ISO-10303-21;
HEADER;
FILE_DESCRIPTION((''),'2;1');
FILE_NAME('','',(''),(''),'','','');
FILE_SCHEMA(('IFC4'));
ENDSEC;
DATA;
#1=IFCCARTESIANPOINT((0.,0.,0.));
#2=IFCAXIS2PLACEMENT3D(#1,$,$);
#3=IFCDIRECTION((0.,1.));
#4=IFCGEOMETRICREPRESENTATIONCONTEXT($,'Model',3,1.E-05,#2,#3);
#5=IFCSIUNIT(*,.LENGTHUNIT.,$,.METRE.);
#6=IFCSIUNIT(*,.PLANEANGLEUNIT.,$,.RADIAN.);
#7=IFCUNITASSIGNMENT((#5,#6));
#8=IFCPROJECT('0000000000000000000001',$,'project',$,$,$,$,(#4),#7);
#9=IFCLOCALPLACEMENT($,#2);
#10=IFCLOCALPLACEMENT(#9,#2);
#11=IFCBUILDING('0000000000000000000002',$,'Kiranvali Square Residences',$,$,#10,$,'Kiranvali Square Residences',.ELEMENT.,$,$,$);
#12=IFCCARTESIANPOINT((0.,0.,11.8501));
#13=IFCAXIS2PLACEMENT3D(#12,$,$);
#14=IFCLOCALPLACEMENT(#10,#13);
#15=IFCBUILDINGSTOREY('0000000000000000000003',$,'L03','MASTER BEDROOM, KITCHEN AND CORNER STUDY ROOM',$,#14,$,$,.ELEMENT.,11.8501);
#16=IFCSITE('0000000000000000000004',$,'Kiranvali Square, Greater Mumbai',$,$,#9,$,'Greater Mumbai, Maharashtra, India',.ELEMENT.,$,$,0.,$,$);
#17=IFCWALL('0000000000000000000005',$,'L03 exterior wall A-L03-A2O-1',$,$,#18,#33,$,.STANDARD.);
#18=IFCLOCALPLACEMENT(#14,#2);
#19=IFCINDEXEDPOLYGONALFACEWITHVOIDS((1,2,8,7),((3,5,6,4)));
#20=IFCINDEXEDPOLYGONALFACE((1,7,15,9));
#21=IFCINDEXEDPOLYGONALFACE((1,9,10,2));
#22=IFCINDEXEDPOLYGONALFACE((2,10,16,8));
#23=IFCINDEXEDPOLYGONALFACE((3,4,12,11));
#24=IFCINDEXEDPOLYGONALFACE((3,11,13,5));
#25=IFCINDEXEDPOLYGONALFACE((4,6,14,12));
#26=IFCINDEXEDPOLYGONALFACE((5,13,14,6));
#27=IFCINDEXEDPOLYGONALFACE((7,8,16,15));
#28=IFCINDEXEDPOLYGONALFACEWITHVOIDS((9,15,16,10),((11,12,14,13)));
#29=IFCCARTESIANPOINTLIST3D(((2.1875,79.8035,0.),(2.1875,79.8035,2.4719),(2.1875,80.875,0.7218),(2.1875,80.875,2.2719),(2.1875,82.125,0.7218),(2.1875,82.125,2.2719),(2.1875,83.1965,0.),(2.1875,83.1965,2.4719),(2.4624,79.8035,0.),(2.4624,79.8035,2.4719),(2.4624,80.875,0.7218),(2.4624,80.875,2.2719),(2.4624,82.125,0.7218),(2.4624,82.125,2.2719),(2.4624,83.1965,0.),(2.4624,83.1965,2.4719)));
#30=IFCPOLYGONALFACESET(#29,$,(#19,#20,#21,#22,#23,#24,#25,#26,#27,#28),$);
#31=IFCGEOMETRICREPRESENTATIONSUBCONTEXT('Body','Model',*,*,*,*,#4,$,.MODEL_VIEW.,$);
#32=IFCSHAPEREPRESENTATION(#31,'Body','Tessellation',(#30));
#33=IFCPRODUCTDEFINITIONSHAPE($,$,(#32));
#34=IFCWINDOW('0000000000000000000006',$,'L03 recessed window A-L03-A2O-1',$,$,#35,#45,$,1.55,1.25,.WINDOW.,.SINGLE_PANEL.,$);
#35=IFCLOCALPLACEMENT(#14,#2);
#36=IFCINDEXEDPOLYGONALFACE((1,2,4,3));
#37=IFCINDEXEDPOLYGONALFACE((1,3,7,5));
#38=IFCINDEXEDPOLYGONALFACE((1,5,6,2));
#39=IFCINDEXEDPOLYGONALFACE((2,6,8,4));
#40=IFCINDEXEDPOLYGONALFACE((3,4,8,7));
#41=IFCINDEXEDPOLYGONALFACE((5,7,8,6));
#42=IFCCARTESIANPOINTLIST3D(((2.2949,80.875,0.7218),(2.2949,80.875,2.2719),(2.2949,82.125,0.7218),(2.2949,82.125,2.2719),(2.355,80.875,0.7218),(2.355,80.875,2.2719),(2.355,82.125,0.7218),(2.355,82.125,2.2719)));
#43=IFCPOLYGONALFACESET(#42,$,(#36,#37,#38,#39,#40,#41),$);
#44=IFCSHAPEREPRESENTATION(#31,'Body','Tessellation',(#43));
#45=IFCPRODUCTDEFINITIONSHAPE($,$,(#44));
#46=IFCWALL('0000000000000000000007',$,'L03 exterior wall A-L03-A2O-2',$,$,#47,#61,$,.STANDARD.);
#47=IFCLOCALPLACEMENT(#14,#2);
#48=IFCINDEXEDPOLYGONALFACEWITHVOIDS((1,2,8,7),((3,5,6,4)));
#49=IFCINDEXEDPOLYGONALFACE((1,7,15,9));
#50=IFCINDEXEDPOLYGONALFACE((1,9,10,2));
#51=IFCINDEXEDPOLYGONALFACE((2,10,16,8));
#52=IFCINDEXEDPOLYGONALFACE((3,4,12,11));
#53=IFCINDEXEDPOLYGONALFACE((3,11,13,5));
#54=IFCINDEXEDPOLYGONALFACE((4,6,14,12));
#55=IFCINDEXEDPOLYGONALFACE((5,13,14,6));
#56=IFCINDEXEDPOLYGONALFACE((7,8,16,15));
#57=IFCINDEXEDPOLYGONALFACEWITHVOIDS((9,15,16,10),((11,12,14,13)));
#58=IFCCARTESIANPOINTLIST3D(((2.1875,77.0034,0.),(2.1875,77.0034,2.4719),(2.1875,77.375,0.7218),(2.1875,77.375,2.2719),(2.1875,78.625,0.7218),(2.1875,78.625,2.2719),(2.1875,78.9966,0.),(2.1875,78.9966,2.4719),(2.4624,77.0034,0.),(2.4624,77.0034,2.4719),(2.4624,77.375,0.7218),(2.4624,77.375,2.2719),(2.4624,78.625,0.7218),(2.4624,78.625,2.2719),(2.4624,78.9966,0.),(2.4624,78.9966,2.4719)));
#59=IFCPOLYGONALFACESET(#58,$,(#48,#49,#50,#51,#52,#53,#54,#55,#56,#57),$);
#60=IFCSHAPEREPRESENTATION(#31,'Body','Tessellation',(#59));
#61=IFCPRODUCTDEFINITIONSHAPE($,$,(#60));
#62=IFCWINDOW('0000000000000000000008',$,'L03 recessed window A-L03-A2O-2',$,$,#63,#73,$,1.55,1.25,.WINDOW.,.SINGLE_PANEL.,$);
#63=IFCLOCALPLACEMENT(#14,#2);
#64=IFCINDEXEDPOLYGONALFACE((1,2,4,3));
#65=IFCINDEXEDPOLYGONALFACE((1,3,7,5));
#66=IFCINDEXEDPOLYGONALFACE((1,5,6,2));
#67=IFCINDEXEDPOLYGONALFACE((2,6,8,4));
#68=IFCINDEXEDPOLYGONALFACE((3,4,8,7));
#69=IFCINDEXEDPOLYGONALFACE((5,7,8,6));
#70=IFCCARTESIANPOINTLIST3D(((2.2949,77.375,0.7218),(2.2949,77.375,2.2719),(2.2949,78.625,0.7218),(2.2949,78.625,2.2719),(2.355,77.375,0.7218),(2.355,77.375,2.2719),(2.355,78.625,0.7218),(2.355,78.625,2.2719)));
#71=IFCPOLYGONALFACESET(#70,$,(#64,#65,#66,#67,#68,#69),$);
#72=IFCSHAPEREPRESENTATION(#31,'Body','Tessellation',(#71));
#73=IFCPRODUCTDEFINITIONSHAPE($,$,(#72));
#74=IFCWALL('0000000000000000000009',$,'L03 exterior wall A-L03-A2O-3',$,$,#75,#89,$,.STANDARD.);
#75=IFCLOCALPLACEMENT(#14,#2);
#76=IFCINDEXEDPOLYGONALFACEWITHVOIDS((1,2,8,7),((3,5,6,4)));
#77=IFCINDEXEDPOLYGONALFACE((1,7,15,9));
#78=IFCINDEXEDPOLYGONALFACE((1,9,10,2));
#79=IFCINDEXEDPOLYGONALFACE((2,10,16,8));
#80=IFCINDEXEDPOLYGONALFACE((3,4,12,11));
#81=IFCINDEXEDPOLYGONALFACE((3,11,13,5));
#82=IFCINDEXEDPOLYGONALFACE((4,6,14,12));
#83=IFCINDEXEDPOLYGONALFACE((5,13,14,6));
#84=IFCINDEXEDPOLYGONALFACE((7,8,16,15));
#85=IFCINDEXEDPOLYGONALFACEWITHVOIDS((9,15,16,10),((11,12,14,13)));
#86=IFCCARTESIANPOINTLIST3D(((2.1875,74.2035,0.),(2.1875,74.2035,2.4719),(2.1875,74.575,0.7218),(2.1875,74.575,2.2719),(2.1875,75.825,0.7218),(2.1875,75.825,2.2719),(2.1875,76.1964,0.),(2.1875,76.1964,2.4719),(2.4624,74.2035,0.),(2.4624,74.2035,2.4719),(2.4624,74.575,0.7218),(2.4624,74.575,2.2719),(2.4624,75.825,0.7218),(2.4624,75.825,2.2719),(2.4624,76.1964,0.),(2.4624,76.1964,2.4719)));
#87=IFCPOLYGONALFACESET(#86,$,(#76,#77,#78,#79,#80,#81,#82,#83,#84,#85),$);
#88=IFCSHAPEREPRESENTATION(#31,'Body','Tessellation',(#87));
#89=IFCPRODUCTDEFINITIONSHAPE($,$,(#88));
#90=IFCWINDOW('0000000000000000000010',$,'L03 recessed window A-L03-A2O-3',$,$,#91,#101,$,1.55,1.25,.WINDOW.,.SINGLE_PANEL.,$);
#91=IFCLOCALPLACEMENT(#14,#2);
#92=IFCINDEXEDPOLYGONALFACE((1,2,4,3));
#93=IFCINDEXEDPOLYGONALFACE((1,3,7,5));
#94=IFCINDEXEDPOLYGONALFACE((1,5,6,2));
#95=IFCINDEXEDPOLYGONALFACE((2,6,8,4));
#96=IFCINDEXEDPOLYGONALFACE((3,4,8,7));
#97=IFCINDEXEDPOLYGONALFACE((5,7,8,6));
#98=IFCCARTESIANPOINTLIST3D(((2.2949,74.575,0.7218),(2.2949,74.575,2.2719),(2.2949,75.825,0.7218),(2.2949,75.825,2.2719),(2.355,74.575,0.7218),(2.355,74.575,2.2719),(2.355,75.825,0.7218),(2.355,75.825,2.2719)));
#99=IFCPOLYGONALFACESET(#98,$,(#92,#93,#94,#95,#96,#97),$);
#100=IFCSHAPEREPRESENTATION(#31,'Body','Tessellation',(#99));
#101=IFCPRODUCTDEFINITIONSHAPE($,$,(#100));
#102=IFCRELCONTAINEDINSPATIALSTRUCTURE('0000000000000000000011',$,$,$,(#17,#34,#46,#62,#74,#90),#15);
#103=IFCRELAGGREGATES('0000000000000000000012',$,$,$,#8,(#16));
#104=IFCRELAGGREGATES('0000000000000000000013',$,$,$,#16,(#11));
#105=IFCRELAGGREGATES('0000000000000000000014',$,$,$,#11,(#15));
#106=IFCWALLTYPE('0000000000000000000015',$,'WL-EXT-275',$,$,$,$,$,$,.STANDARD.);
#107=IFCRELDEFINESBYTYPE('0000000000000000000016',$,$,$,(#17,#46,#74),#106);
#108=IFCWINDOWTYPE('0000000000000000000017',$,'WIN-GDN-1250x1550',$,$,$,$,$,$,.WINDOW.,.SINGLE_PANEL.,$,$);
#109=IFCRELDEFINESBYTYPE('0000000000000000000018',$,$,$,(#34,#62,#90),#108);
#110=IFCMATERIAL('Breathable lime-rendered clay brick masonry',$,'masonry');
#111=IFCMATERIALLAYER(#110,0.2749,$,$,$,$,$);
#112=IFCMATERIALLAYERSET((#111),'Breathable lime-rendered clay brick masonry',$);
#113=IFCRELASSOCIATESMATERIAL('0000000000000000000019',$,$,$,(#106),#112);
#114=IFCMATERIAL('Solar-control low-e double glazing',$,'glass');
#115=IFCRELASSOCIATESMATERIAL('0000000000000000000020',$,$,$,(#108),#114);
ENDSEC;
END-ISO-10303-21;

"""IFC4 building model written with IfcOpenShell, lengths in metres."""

from ifc_helpers import new_model, si_unit, direction, frame, frame_2d, origin, place, context, subcontext, project, spatial, rectangle, extrude, material, layer, layer_set, type_object, element, fill, save


model = new_model("IFC4")

# Units and contexts
model_context = context("Model", 3, precision=1e-05, world=origin(), true_north=direction((0.0, 1.0)))
body_context = subcontext(model_context, "Body", "Model", "MODEL_VIEW")
ifc_project = project(units=[si_unit("LENGTHUNIT", "METRE"), si_unit("PLANEANGLEUNIT", "RADIAN")], contexts=[model_context])

# Site, building, storey
site_placement = place(None, origin())
site = spatial("IfcSite", under=ifc_project, at=site_placement, Name="Kiranvali Square, Greater Mumbai", LongName="Greater Mumbai, Maharashtra, India", CompositionType="ELEMENT", RefElevation=0.0)
building_placement = place(site_placement, origin())
building = spatial("IfcBuilding", under=site, at=building_placement, Name="Kiranvali Square Residences", LongName="Kiranvali Square Residences", CompositionType="ELEMENT")
storey_placement = place(building_placement, frame((0.0, 0.0, 11.8501)))
storey = spatial("IfcBuildingStorey", under=building, at=storey_placement, Name="L03", Description="MASTER BEDROOM, KITCHEN AND CORNER STUDY ROOM", CompositionType="ELEMENT", Elevation=11.8501)

# Walls, openings, windows
ifc_material_1 = material(Name="Breathable lime-rendered clay brick masonry", Category="masonry")
ifc_layer = layer(ifc_material_1, 0.2749)
ifc_layer_set = layer_set([ifc_layer], Name="Breathable lime-rendered clay brick masonry")
wall_type = type_object("IfcWallType", Name="WL-EXT-275", PredefinedType="STANDARD", material=ifc_layer_set)
wall_1_placement = place(storey_placement, frame((2.325, 83.1965, 0.0), z_axis=(0.0, 0.0, 1.0), x_axis=(0.0, -1.0, 0.0)))
wall_1 = element("IfcWall", 1, at=wall_1_placement, inside=storey, type_object=wall_type, Name="L03 exterior wall A-L03-A2O-1", PredefinedType="STANDARD", context=body_context, shape_type="SweptSolid", body=[
    extrude(rectangle(XDim=3.3931, YDim=0.2749, at=frame_2d((1.6965, 0.0))), origin(), (0.0, 0.0, 1.0), 2.4719),
])
opening_1_placement = place(wall_1_placement, frame((1.0715, 0.0, 0.7219)))
opening_1 = element("IfcOpeningElement", 2, at=opening_1_placement, cuts=wall_1, PredefinedType="OPENING", context=body_context, shape_type="SweptSolid", body=[
    extrude(rectangle(XDim=1.25, YDim=1.55, at=frame_2d((0.625, 0.7749))), frame((0.0, 0.1475, 0.0), z_axis=(0.0, -1.0, 0.0), x_axis=(1.0, 0.0, 0.0)), (0.0, 0.0, 1.0), 0.2949),
])
ifc_material_2 = material(Name="Solar-control low-e double glazing", Category="glass")
window_type = type_object("IfcWindowType", Name="WIN-GDN-1250x1550", PartitioningType="SINGLE_PANEL", PredefinedType="WINDOW", material=ifc_material_2)
window_1_placement = place(opening_1_placement, origin())
window_1 = element("IfcWindow", 3, at=window_1_placement, inside=storey, type_object=window_type, Name="L03 recessed window A-L03-A2O-1", OverallHeight=1.55, OverallWidth=1.25, PartitioningType="SINGLE_PANEL", PredefinedType="WINDOW", context=body_context, shape_type="SweptSolid", body=[
    extrude(rectangle(XDim=1.25, YDim=1.55, at=frame_2d((0.625, 0.7749))), frame((0.0, 0.03, 0.0), z_axis=(0.0, -1.0, 0.0), x_axis=(1.0, 0.0, 0.0)), (0.0, 0.0, 1.0), 0.0601),
])
fill(opening_1, window_1)
wall_2_placement = place(storey_placement, frame((2.325, 78.9966, 0.0), z_axis=(0.0, 0.0, 1.0), x_axis=(0.0, -1.0, 0.0)))
wall_2 = element("IfcWall", 4, at=wall_2_placement, inside=storey, type_object=wall_type, Name="L03 exterior wall A-L03-A2O-2", PredefinedType="STANDARD", context=body_context, shape_type="SweptSolid", body=[
    extrude(rectangle(XDim=1.9932, YDim=0.2749, at=frame_2d((0.9966, 0.0))), origin(), (0.0, 0.0, 1.0), 2.4719),
])
opening_2_placement = place(wall_2_placement, frame((0.3716, 0.0, 0.7219)))
opening_2 = element("IfcOpeningElement", 5, at=opening_2_placement, cuts=wall_2, PredefinedType="OPENING", context=body_context, shape_type="SweptSolid", body=[
    extrude(rectangle(XDim=1.25, YDim=1.55, at=frame_2d((0.625, 0.7749))), frame((0.0, 0.1475, 0.0), z_axis=(0.0, -1.0, 0.0), x_axis=(1.0, 0.0, 0.0)), (0.0, 0.0, 1.0), 0.2949),
])
window_2_placement = place(opening_2_placement, origin())
window_2 = element("IfcWindow", 6, at=window_2_placement, inside=storey, type_object=window_type, Name="L03 recessed window A-L03-A2O-2", OverallHeight=1.55, OverallWidth=1.25, PartitioningType="SINGLE_PANEL", PredefinedType="WINDOW", context=body_context, shape_type="SweptSolid", body=[
    extrude(rectangle(XDim=1.25, YDim=1.55, at=frame_2d((0.625, 0.7749))), frame((0.0, 0.03, 0.0), z_axis=(0.0, -1.0, 0.0), x_axis=(1.0, 0.0, 0.0)), (0.0, 0.0, 1.0), 0.0601),
])
fill(opening_2, window_2)
wall_3_placement = place(storey_placement, frame((2.325, 76.1965, 0.0), z_axis=(0.0, 0.0, 1.0), x_axis=(0.0, -1.0, 0.0)))
wall_3 = element("IfcWall", 7, at=wall_3_placement, inside=storey, type_object=wall_type, Name="L03 exterior wall A-L03-A2O-3", PredefinedType="STANDARD", context=body_context, shape_type="SweptSolid", body=[
    extrude(rectangle(XDim=1.9929, YDim=0.2749, at=frame_2d((0.9966, 0.0))), origin(), (0.0, 0.0, 1.0), 2.4719),
])
opening_3_placement = place(wall_3_placement, frame((0.3716, 0.0, 0.7219)))
opening_3 = element("IfcOpeningElement", 8, at=opening_3_placement, cuts=wall_3, PredefinedType="OPENING", context=body_context, shape_type="SweptSolid", body=[
    extrude(rectangle(XDim=1.25, YDim=1.55, at=frame_2d((0.625, 0.7749))), frame((0.0, 0.1475, 0.0), z_axis=(0.0, -1.0, 0.0), x_axis=(1.0, 0.0, 0.0)), (0.0, 0.0, 1.0), 0.2949),
])
window_3_placement = place(opening_3_placement, origin())
window_3 = element("IfcWindow", 9, at=window_3_placement, inside=storey, type_object=window_type, Name="L03 recessed window A-L03-A2O-3", OverallHeight=1.55, OverallWidth=1.25, PartitioningType="SINGLE_PANEL", PredefinedType="WINDOW", context=body_context, shape_type="SweptSolid", body=[
    extrude(rectangle(XDim=1.25, YDim=1.55, at=frame_2d((0.625, 0.7749))), frame((0.0, 0.03, 0.0), z_axis=(0.0, -1.0, 0.0), x_axis=(1.0, 0.0, 0.0)), (0.0, 0.0, 1.0), 0.0601),
])
fill(opening_3, window_3)

save(model, "model.ifc")
